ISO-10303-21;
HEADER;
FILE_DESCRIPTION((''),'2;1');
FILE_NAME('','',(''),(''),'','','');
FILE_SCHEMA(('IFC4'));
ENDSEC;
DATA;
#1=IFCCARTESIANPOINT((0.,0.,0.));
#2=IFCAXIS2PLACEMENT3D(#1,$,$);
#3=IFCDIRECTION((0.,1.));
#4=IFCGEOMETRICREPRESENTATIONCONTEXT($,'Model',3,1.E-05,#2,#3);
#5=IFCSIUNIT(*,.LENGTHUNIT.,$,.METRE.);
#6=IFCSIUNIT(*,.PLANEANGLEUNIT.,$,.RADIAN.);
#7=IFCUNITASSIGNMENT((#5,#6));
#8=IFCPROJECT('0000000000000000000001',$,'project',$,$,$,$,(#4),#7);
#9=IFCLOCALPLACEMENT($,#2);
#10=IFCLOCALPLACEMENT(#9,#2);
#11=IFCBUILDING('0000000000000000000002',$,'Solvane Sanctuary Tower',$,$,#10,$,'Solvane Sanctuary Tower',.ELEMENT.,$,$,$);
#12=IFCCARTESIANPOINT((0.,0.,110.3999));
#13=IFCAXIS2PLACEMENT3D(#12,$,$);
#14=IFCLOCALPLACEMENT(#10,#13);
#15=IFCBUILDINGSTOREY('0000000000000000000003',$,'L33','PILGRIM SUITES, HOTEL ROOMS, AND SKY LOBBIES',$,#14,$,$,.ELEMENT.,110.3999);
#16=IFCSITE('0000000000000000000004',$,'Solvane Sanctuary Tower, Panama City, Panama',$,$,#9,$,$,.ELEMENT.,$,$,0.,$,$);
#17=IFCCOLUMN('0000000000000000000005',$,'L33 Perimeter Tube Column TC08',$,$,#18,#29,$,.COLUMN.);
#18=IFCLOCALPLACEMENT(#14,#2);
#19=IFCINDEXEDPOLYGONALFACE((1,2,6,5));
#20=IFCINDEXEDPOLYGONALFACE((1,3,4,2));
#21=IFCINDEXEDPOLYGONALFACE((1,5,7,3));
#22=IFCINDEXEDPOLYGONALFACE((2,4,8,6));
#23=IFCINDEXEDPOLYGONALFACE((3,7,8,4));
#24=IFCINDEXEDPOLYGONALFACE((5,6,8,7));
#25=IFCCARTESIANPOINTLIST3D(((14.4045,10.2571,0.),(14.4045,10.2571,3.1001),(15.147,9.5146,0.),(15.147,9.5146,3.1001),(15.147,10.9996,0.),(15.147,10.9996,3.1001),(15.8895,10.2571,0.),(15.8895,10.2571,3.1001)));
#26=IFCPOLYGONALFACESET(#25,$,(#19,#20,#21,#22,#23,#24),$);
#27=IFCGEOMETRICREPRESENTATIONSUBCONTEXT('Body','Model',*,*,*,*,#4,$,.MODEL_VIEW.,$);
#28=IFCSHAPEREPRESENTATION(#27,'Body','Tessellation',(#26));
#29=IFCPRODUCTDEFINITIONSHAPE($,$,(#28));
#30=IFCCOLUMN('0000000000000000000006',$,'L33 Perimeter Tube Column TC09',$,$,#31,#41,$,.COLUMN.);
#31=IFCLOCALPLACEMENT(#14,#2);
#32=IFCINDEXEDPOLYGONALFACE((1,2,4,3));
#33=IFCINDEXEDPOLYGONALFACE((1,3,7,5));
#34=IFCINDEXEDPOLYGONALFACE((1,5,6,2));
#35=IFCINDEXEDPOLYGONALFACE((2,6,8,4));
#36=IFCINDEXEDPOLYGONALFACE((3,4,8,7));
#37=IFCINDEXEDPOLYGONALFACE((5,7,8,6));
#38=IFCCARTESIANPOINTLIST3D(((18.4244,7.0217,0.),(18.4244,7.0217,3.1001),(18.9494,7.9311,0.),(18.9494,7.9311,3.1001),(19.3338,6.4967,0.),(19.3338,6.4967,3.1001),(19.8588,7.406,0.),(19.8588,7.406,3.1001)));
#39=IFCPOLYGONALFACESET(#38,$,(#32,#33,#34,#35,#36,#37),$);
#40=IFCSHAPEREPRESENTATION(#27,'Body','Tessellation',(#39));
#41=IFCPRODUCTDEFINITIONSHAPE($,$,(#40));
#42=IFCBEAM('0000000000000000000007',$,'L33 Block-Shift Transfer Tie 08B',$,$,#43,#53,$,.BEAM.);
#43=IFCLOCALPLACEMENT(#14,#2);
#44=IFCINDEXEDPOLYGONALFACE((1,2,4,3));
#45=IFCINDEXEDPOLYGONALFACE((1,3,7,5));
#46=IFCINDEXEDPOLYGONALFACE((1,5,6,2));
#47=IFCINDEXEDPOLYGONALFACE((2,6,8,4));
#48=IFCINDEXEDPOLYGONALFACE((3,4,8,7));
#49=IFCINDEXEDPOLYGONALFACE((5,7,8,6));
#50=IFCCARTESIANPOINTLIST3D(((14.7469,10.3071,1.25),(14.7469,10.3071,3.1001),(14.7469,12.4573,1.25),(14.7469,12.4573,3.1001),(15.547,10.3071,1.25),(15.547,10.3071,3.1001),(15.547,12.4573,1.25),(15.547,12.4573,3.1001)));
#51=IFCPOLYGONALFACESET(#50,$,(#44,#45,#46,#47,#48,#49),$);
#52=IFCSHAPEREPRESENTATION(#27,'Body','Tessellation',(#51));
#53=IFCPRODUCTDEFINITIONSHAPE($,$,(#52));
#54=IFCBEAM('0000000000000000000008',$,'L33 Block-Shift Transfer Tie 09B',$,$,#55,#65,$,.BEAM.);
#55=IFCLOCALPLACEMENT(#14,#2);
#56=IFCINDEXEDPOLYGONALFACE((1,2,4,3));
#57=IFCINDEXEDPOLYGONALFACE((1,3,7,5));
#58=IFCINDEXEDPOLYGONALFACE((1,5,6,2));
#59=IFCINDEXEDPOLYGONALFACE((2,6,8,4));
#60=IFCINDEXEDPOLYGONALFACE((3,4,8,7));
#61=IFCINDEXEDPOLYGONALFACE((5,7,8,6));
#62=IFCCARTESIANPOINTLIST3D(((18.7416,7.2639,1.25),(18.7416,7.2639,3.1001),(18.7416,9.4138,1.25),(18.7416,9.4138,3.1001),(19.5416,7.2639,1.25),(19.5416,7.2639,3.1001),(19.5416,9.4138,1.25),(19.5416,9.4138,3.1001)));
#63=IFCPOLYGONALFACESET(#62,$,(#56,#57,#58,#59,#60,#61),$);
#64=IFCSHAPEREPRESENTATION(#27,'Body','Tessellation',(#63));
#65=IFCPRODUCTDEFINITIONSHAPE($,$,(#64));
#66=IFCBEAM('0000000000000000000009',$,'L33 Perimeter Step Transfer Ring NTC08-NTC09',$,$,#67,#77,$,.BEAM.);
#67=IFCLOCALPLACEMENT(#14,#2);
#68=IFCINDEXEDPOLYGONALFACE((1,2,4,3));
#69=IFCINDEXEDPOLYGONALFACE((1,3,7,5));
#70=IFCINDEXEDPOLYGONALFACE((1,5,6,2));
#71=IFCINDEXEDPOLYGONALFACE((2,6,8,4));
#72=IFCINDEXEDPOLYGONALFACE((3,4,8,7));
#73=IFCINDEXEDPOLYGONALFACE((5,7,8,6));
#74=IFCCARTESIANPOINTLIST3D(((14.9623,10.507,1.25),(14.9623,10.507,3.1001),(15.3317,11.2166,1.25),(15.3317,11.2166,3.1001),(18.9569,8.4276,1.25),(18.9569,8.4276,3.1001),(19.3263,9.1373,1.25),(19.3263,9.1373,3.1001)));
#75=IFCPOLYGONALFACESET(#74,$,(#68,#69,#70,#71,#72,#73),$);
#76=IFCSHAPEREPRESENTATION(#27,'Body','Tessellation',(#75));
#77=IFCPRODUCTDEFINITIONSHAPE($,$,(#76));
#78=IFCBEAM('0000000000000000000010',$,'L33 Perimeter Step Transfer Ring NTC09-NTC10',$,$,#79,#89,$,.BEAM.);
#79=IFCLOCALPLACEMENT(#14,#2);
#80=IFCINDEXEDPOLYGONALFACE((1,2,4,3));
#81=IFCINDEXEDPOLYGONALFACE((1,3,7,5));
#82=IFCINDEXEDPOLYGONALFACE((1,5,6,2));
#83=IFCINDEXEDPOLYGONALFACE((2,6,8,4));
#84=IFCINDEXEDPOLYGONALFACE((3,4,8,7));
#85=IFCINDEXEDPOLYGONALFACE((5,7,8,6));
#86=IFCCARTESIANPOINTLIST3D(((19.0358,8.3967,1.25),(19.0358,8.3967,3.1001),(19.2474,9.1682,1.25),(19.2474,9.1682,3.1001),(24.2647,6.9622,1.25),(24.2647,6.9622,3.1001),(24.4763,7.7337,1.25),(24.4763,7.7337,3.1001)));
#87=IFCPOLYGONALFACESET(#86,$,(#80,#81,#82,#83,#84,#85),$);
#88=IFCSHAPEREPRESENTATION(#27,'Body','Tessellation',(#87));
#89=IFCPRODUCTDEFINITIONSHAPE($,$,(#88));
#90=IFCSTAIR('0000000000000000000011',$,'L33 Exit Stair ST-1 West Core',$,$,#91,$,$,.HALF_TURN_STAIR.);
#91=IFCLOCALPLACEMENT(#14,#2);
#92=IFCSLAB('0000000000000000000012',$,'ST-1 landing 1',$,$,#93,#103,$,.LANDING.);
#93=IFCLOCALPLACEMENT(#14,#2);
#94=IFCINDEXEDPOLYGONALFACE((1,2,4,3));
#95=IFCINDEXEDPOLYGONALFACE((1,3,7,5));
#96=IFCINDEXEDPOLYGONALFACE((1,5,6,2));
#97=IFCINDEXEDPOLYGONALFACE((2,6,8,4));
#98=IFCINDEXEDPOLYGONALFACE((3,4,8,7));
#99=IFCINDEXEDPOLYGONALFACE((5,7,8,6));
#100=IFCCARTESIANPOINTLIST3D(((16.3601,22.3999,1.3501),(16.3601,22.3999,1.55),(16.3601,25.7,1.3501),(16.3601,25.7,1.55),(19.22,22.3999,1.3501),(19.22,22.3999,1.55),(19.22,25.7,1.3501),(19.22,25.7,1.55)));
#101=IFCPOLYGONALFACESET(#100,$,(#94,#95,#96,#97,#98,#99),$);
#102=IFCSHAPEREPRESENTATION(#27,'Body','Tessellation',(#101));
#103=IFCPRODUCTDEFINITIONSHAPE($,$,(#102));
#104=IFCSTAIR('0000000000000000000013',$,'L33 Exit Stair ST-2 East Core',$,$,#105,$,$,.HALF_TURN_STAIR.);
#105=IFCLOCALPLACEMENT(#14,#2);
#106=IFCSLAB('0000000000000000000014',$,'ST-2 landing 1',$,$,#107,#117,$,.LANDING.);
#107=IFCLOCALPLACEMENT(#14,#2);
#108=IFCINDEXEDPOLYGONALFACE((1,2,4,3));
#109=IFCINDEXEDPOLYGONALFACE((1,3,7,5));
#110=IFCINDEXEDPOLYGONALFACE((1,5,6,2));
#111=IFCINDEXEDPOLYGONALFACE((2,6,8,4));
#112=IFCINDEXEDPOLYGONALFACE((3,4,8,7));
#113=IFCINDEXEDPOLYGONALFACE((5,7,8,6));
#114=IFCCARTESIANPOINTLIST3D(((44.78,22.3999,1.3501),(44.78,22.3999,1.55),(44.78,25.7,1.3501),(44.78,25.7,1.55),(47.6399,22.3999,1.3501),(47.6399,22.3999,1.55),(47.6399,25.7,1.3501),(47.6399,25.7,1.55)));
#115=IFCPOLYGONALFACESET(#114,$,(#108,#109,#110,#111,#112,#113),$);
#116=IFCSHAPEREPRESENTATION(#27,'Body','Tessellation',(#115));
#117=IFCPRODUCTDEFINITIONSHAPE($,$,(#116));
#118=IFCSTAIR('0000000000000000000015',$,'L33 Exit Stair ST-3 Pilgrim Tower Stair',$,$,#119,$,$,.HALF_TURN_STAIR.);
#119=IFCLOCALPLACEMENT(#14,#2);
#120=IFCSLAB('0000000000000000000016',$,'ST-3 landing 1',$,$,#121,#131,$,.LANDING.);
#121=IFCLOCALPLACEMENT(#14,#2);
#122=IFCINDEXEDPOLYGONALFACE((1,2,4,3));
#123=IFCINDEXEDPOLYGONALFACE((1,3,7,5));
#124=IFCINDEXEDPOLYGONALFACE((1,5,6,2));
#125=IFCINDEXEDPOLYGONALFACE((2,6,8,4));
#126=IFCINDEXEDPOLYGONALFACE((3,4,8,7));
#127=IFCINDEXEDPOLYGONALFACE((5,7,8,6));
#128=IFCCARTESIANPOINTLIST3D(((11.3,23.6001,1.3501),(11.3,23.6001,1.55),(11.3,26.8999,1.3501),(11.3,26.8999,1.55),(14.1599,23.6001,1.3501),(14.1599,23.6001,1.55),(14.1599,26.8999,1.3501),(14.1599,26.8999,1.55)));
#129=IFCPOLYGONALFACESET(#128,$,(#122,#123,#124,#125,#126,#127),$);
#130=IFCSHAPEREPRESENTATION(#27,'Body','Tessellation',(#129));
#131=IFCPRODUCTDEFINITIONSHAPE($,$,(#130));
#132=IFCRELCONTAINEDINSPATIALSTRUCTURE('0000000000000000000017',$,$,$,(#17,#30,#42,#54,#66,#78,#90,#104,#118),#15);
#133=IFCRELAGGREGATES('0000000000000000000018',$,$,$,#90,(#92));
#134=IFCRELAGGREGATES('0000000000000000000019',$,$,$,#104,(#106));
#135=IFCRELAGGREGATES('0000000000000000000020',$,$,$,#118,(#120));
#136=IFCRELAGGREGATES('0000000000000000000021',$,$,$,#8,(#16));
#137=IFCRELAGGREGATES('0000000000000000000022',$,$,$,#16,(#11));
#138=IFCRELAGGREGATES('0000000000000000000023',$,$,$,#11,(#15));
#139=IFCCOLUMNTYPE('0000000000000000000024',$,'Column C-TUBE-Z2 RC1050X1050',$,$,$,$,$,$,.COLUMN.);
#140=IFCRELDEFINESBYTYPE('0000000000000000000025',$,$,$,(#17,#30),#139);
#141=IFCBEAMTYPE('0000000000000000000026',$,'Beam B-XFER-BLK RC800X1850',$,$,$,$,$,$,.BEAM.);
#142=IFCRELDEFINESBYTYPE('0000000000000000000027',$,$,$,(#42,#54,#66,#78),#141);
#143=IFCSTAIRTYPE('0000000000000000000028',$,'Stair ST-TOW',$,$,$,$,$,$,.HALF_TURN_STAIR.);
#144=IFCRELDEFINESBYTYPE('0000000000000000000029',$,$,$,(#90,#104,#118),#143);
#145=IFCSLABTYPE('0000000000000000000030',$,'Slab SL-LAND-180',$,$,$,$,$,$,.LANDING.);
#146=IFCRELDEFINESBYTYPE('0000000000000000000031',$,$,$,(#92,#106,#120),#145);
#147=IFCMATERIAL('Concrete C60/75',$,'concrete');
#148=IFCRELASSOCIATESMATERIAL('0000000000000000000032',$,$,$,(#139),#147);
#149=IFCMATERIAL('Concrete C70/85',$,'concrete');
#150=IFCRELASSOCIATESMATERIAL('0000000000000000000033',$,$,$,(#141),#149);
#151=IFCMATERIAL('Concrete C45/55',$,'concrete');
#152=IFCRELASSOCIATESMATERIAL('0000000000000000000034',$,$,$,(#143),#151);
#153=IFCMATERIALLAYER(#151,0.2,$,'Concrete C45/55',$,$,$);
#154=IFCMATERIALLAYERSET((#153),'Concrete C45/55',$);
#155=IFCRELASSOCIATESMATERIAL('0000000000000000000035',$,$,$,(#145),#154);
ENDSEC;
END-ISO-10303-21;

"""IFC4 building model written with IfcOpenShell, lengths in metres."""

from ifc_helpers import new_model, si_unit, direction, frame, origin, origin_2d, place, context, subcontext, project, spatial, polyline, rectangle, outline, extrude, material, layer, layer_set, material_profile, profile_set, type_object, element, aggregate, save


model = new_model("IFC4")

# Units and contexts
model_context = context("Model", 3, precision=1e-05, world=origin(), true_north=direction((0.0, 1.0)))
body_context = subcontext(model_context, "Body", "Model", "MODEL_VIEW")
ifc_project = project(units=[si_unit("LENGTHUNIT", "METRE"), si_unit("PLANEANGLEUNIT", "RADIAN")], contexts=[model_context])

# Site, building, storey
site_placement = place(None, origin())
site = spatial("IfcSite", under=ifc_project, at=site_placement, Name="Solvane Sanctuary Tower, Panama City, Panama", CompositionType="ELEMENT", RefElevation=0.0)
building_placement = place(site_placement, origin())
building = spatial("IfcBuilding", under=site, at=building_placement, Name="Solvane Sanctuary Tower", LongName="Solvane Sanctuary Tower", CompositionType="ELEMENT")
storey_placement = place(building_placement, frame((0.0, 0.0, 110.3999)))
storey = spatial("IfcBuildingStorey", under=building, at=storey_placement, Name="L33", Description="PILGRIM SUITES, HOTEL ROOMS, AND SKY LOBBIES", CompositionType="ELEMENT", Elevation=110.3999)

# Columns
ifc_material_1 = material(Name="Concrete C60/75", Category="concrete")
ifc_material_profile_1 = material_profile(ifc_material_1, rectangle(XDim=1.05, YDim=1.05, at=origin_2d()), Name="RC1050X1050")
ifc_profile_set_1 = profile_set([ifc_material_profile_1], Name="Concrete C60/75")
column_type = type_object("IfcColumnType", Name="Column C-TUBE-Z2 RC1050X1050", PredefinedType="COLUMN", material=ifc_profile_set_1)
for number, where, z_axis, x_axis, name in (
    (1, (15.147, 10.2571, 0.0), (0.0, 0.0, 1.0), (-0.707107, -0.707107, 0.0), "L33 Perimeter Tube Column TC08"),
    (2, (19.1416, 7.2139, 0.0), (0.0, 0.0, 1.0), (-0.5, -0.866025, 0.0), "L33 Perimeter Tube Column TC09"),
):
    element("IfcColumn", number, at=place(storey_placement, frame(where, z_axis=z_axis, x_axis=x_axis)), inside=storey, type_object=column_type, Name=name, PredefinedType="COLUMN", context=body_context, shape_type="SweptSolid", body=[
        extrude(rectangle(XDim=1.05, YDim=1.05, at=origin_2d()), origin(), (0.0, 0.0, 1.0), 3.1001),
    ])

# Beams
ifc_material_2 = material(Name="Concrete C70/85", Category="concrete")
ifc_material_profile_2 = material_profile(ifc_material_2, rectangle(XDim=0.8, YDim=1.8501, at=origin_2d()), Name="RC800X1850")
ifc_profile_set_2 = profile_set([ifc_material_profile_2], Name="Concrete C70/85")
beam_type = type_object("IfcBeamType", Name="Beam B-XFER-BLK RC800X1850", PredefinedType="BEAM", material=ifc_profile_set_2)
beam_1_placement = place(storey_placement, frame((15.147, 10.3071, 2.175), z_axis=(0.0, 1.0, 0.0), x_axis=(-1.0, 0.0, 0.0)))
element("IfcBeam", 3, at=beam_1_placement, inside=storey, type_object=beam_type, Name="L33 Block-Shift Transfer Tie 08B", PredefinedType="BEAM", context=body_context, shape_type="SweptSolid", body=[
    extrude(rectangle(XDim=0.8, YDim=1.8501, at=origin_2d()), origin(), (0.0, 0.0, 1.0), 2.1501),
])
beam_2_placement = place(storey_placement, frame((19.1416, 7.2639, 2.175), z_axis=(0.0, 1.0, 0.0), x_axis=(-1.0, 0.0, 0.0)))
element("IfcBeam", 4, at=beam_2_placement, inside=storey, type_object=beam_type, Name="L33 Block-Shift Transfer Tie 09B", PredefinedType="BEAM", context=body_context, shape_type="SweptSolid", body=[
    extrude(rectangle(XDim=0.8, YDim=1.8501, at=origin_2d()), origin(), (0.0, 0.0, 1.0), 2.1499),
])
beam_3_placement = place(storey_placement, frame((15.147, 10.8618, 2.175), z_axis=(0.887022, -0.461727, 0.0), x_axis=(0.461727, 0.887022, 0.0)))
element("IfcBeam", 5, at=beam_3_placement, inside=storey, type_object=beam_type, Name="L33 Perimeter Step Transfer Ring NTC08-NTC09", PredefinedType="BEAM", context=body_context, shape_type="SweptSolid", body=[
    extrude(rectangle(XDim=0.8, YDim=1.8501, at=origin_2d()), origin(), (0.0, 0.0, 1.0), 4.5034),
])
beam_4_placement = place(storey_placement, frame((19.1416, 8.7825, 2.175), z_axis=(0.964366, -0.264572, 0.0), x_axis=(0.264572, 0.964366, 0.0)))
element("IfcBeam", 6, at=beam_4_placement, inside=storey, type_object=beam_type, Name="L33 Perimeter Step Transfer Ring NTC09-NTC10", PredefinedType="BEAM", context=body_context, shape_type="SweptSolid", body=[
    extrude(rectangle(XDim=0.8, YDim=1.8501, at=origin_2d()), origin(), (0.0, 0.0, 1.0), 5.4221),
])

# Stairs, slabs
ifc_material_3 = material(Name="Concrete C45/55", Category="concrete")
stair_type = type_object("IfcStairType", Name="Stair ST-TOW", PredefinedType="HALF_TURN_STAIR", material=ifc_material_3)
stair_1_placement = place(storey_placement, origin())
stair_1 = element("IfcStair", 7, at=stair_1_placement, inside=storey, type_object=stair_type, Name="L33 Exit Stair ST-1 West Core", PredefinedType="HALF_TURN_STAIR")
ifc_layer_1 = layer(ifc_material_3, 0.2, Name="Concrete C45/55")
ifc_layer_set_1 = layer_set([ifc_layer_1], Name="Concrete C45/55")
slab_type_1 = type_object("IfcSlabType", Name="Slab SL-LAND-180", PredefinedType="LANDING", material=ifc_layer_set_1)
slab_1_placement = place(storey_placement, frame((0.0, 0.0, 1.3501)))
slab_1 = element("IfcSlab", 8, at=slab_1_placement, type_object=slab_type_1, Name="ST-1 landing 1", PredefinedType="LANDING", context=body_context, shape_type="SweptSolid", body=[
    extrude(outline(polyline([(19.22, 22.3999), (19.22, 25.7), (16.3601, 25.7), (16.3601, 22.3999), (19.22, 22.3999)])), origin(), (0.0, 0.0, 1.0), 0.2),
])
aggregate(stair_1, [slab_1])
stair_2_placement = place(storey_placement, origin())
stair_2 = element("IfcStair", 9, at=stair_2_placement, inside=storey, type_object=stair_type, Name="L33 Exit Stair ST-2 East Core", PredefinedType="HALF_TURN_STAIR")
slab_2_placement = place(storey_placement, frame((0.0, 0.0, 1.3501)))
slab_2 = element("IfcSlab", 10, at=slab_2_placement, type_object=slab_type_1, Name="ST-2 landing 1", PredefinedType="LANDING", context=body_context, shape_type="SweptSolid", body=[
    extrude(outline(polyline([(47.6399, 22.3999), (47.6399, 25.7), (44.78, 25.7), (44.78, 22.3999), (47.6399, 22.3999)])), origin(), (0.0, 0.0, 1.0), 0.2),
])
aggregate(stair_2, [slab_2])
stair_3_placement = place(storey_placement, origin())
stair_3 = element("IfcStair", 11, at=stair_3_placement, inside=storey, type_object=stair_type, Name="L33 Exit Stair ST-3 Pilgrim Tower Stair", PredefinedType="HALF_TURN_STAIR")
slab_3_placement = place(storey_placement, frame((0.0, 0.0, 1.3501)))
slab_3 = element("IfcSlab", 12, at=slab_3_placement, type_object=slab_type_1, Name="ST-3 landing 1", PredefinedType="LANDING", context=body_context, shape_type="SweptSolid", body=[
    extrude(outline(polyline([(14.1599, 23.6001), (14.1599, 26.8999), (11.3, 26.8999), (11.3, 23.6001), (14.1599, 23.6001)])), origin(), (0.0, 0.0, 1.0), 0.2),
])
aggregate(stair_3, [slab_3])

save(model, "model.ifc")
